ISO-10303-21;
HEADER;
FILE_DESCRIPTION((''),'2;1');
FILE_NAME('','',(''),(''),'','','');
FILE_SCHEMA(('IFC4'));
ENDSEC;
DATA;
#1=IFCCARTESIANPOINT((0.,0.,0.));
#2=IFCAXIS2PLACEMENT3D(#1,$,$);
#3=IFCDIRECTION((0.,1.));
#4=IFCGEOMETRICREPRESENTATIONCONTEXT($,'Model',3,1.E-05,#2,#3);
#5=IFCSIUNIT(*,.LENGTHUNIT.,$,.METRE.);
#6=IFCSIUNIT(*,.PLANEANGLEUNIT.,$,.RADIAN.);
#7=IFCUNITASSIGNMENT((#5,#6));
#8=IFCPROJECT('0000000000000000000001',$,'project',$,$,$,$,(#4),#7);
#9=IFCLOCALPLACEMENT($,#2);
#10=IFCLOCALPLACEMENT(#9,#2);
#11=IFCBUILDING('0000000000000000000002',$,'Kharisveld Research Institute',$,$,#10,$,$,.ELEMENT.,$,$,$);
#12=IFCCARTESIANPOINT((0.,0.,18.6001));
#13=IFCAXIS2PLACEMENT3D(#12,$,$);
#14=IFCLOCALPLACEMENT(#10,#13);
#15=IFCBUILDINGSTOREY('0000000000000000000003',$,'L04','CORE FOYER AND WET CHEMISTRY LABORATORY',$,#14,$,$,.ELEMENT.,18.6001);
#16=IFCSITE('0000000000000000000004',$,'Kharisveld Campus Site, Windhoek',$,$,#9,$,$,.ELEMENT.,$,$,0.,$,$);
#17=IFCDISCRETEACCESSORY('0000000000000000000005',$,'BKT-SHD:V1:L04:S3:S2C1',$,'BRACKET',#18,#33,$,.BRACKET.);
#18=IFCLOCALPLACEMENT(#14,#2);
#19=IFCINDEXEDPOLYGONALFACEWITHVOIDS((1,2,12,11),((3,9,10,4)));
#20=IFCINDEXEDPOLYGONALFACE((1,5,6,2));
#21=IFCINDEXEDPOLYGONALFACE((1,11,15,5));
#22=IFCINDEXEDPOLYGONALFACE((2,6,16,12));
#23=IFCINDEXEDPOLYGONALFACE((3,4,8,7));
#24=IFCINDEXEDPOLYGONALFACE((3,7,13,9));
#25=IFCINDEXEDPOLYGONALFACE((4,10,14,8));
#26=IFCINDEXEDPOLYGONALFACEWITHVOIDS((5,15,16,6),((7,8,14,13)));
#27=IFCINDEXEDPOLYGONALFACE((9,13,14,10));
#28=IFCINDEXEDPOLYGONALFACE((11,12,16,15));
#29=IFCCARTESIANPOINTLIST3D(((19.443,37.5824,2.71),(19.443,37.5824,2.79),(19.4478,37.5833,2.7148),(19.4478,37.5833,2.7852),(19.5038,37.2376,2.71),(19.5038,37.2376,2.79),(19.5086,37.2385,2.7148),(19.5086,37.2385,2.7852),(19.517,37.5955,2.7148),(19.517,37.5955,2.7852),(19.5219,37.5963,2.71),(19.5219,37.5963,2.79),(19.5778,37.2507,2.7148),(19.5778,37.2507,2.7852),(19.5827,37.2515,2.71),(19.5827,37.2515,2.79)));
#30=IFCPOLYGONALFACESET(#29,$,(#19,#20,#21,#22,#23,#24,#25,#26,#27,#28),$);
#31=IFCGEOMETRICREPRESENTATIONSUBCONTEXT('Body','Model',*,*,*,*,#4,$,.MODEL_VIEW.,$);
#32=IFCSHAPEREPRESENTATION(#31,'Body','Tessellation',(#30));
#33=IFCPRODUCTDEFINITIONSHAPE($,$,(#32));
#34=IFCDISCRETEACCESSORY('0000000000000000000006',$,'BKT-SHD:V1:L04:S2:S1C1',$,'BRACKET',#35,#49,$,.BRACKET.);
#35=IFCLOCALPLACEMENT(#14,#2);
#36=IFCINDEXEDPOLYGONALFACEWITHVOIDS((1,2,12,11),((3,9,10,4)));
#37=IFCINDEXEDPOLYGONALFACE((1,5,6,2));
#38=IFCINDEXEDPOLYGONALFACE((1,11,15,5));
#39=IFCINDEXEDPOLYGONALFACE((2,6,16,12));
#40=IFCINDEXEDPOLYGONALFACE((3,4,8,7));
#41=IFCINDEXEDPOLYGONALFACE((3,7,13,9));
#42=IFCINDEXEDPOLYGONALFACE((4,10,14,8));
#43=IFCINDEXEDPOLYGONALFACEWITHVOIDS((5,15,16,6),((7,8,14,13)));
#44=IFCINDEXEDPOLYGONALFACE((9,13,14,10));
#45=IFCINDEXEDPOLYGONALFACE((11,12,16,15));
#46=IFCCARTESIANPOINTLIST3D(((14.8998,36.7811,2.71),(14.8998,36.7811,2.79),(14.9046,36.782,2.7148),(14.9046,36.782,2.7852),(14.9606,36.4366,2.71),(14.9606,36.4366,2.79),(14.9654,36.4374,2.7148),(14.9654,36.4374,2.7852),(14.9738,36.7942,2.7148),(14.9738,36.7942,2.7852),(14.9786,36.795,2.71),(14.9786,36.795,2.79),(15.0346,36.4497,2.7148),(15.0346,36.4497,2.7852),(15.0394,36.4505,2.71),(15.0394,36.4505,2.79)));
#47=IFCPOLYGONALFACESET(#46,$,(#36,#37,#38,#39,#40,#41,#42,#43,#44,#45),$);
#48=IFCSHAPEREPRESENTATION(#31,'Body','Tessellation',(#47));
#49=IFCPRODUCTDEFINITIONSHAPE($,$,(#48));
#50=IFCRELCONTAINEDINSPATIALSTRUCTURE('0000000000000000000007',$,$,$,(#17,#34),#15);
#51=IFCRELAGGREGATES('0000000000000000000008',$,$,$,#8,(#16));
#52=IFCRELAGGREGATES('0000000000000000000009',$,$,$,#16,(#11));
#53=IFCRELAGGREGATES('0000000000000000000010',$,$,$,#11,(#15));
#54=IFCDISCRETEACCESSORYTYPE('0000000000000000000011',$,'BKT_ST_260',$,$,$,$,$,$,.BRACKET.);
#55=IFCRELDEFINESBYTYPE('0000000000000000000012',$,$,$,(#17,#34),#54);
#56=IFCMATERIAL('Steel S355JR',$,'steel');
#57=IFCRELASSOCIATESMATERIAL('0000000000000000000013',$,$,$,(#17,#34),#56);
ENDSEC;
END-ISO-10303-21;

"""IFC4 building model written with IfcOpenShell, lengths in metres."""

from ifc_helpers import new_model, si_unit, direction, frame, origin, origin_2d, place, context, subcontext, project, spatial, hollow_rectangle, extrude, material, type_object, element, save


model = new_model("IFC4")

# Units and contexts
model_context = context("Model", 3, precision=1e-05, world=origin(), true_north=direction((0.0, 1.0)))
body_context = subcontext(model_context, "Body", "Model", "MODEL_VIEW")
ifc_project = project(units=[si_unit("LENGTHUNIT", "METRE"), si_unit("PLANEANGLEUNIT", "RADIAN")], contexts=[model_context])

# Site, building, storey
site_placement = place(None, origin())
site = spatial("IfcSite", under=ifc_project, at=site_placement, Name="Kharisveld Campus Site, Windhoek", CompositionType="ELEMENT", RefElevation=0.0)
building_placement = place(site_placement, origin())
building = spatial("IfcBuilding", under=site, at=building_placement, Name="Kharisveld Research Institute", CompositionType="ELEMENT")
storey_placement = place(building_placement, frame((0.0, 0.0, 18.6001)))
storey = spatial("IfcBuildingStorey", under=building, at=storey_placement, Name="L04", Description="CORE FOYER AND WET CHEMISTRY LABORATORY", CompositionType="ELEMENT", Elevation=18.6001)

# Discrete accessories
ifc_material_1 = material(Name="Steel S355JR", Category="steel")
discrete_accessory_type = type_object("IfcDiscreteAccessoryType", Name="BKT_ST_260", PredefinedType="BRACKET")
for number, where, z_axis, x_axis, name in (
    (1, (19.4824, 37.5894, 2.75), (0.173666, -0.984805, 0.0), (0.984805, 0.173666, 0.0), "BKT-SHD:V1:L04:S3:S2C1"),
):
    element("IfcDiscreteAccessory", number, at=place(storey_placement, frame(where, z_axis=z_axis, x_axis=x_axis)), inside=storey, type_object=discrete_accessory_type, material=ifc_material_1, Name=name, ObjectType="BRACKET", PredefinedType="BRACKET", context=body_context, shape_type="SweptSolid", body=[
        extrude(hollow_rectangle(XDim=0.0801, YDim=0.0801, WallThickness=0.0049, at=origin_2d()), origin(), (0.0, 0.0, 1.0), 0.3501),
    ])
discrete_accessory_placement = place(storey_placement, frame((14.9392, 36.7881, 2.75), z_axis=(0.173785, -0.984784, 0.0), x_axis=(0.984784, 0.173785, 0.0)))
element("IfcDiscreteAccessory", 2, at=discrete_accessory_placement, inside=storey, type_object=discrete_accessory_type, material=ifc_material_1, Name="BKT-SHD:V1:L04:S2:S1C1", ObjectType="BRACKET", PredefinedType="BRACKET", context=body_context, shape_type="SweptSolid", body=[
    extrude(hollow_rectangle(XDim=0.0801, YDim=0.0801, WallThickness=0.0049, at=origin_2d()), origin(), (0.0, 0.0, 1.0), 0.3499),
])

save(model, "model.ifc")
